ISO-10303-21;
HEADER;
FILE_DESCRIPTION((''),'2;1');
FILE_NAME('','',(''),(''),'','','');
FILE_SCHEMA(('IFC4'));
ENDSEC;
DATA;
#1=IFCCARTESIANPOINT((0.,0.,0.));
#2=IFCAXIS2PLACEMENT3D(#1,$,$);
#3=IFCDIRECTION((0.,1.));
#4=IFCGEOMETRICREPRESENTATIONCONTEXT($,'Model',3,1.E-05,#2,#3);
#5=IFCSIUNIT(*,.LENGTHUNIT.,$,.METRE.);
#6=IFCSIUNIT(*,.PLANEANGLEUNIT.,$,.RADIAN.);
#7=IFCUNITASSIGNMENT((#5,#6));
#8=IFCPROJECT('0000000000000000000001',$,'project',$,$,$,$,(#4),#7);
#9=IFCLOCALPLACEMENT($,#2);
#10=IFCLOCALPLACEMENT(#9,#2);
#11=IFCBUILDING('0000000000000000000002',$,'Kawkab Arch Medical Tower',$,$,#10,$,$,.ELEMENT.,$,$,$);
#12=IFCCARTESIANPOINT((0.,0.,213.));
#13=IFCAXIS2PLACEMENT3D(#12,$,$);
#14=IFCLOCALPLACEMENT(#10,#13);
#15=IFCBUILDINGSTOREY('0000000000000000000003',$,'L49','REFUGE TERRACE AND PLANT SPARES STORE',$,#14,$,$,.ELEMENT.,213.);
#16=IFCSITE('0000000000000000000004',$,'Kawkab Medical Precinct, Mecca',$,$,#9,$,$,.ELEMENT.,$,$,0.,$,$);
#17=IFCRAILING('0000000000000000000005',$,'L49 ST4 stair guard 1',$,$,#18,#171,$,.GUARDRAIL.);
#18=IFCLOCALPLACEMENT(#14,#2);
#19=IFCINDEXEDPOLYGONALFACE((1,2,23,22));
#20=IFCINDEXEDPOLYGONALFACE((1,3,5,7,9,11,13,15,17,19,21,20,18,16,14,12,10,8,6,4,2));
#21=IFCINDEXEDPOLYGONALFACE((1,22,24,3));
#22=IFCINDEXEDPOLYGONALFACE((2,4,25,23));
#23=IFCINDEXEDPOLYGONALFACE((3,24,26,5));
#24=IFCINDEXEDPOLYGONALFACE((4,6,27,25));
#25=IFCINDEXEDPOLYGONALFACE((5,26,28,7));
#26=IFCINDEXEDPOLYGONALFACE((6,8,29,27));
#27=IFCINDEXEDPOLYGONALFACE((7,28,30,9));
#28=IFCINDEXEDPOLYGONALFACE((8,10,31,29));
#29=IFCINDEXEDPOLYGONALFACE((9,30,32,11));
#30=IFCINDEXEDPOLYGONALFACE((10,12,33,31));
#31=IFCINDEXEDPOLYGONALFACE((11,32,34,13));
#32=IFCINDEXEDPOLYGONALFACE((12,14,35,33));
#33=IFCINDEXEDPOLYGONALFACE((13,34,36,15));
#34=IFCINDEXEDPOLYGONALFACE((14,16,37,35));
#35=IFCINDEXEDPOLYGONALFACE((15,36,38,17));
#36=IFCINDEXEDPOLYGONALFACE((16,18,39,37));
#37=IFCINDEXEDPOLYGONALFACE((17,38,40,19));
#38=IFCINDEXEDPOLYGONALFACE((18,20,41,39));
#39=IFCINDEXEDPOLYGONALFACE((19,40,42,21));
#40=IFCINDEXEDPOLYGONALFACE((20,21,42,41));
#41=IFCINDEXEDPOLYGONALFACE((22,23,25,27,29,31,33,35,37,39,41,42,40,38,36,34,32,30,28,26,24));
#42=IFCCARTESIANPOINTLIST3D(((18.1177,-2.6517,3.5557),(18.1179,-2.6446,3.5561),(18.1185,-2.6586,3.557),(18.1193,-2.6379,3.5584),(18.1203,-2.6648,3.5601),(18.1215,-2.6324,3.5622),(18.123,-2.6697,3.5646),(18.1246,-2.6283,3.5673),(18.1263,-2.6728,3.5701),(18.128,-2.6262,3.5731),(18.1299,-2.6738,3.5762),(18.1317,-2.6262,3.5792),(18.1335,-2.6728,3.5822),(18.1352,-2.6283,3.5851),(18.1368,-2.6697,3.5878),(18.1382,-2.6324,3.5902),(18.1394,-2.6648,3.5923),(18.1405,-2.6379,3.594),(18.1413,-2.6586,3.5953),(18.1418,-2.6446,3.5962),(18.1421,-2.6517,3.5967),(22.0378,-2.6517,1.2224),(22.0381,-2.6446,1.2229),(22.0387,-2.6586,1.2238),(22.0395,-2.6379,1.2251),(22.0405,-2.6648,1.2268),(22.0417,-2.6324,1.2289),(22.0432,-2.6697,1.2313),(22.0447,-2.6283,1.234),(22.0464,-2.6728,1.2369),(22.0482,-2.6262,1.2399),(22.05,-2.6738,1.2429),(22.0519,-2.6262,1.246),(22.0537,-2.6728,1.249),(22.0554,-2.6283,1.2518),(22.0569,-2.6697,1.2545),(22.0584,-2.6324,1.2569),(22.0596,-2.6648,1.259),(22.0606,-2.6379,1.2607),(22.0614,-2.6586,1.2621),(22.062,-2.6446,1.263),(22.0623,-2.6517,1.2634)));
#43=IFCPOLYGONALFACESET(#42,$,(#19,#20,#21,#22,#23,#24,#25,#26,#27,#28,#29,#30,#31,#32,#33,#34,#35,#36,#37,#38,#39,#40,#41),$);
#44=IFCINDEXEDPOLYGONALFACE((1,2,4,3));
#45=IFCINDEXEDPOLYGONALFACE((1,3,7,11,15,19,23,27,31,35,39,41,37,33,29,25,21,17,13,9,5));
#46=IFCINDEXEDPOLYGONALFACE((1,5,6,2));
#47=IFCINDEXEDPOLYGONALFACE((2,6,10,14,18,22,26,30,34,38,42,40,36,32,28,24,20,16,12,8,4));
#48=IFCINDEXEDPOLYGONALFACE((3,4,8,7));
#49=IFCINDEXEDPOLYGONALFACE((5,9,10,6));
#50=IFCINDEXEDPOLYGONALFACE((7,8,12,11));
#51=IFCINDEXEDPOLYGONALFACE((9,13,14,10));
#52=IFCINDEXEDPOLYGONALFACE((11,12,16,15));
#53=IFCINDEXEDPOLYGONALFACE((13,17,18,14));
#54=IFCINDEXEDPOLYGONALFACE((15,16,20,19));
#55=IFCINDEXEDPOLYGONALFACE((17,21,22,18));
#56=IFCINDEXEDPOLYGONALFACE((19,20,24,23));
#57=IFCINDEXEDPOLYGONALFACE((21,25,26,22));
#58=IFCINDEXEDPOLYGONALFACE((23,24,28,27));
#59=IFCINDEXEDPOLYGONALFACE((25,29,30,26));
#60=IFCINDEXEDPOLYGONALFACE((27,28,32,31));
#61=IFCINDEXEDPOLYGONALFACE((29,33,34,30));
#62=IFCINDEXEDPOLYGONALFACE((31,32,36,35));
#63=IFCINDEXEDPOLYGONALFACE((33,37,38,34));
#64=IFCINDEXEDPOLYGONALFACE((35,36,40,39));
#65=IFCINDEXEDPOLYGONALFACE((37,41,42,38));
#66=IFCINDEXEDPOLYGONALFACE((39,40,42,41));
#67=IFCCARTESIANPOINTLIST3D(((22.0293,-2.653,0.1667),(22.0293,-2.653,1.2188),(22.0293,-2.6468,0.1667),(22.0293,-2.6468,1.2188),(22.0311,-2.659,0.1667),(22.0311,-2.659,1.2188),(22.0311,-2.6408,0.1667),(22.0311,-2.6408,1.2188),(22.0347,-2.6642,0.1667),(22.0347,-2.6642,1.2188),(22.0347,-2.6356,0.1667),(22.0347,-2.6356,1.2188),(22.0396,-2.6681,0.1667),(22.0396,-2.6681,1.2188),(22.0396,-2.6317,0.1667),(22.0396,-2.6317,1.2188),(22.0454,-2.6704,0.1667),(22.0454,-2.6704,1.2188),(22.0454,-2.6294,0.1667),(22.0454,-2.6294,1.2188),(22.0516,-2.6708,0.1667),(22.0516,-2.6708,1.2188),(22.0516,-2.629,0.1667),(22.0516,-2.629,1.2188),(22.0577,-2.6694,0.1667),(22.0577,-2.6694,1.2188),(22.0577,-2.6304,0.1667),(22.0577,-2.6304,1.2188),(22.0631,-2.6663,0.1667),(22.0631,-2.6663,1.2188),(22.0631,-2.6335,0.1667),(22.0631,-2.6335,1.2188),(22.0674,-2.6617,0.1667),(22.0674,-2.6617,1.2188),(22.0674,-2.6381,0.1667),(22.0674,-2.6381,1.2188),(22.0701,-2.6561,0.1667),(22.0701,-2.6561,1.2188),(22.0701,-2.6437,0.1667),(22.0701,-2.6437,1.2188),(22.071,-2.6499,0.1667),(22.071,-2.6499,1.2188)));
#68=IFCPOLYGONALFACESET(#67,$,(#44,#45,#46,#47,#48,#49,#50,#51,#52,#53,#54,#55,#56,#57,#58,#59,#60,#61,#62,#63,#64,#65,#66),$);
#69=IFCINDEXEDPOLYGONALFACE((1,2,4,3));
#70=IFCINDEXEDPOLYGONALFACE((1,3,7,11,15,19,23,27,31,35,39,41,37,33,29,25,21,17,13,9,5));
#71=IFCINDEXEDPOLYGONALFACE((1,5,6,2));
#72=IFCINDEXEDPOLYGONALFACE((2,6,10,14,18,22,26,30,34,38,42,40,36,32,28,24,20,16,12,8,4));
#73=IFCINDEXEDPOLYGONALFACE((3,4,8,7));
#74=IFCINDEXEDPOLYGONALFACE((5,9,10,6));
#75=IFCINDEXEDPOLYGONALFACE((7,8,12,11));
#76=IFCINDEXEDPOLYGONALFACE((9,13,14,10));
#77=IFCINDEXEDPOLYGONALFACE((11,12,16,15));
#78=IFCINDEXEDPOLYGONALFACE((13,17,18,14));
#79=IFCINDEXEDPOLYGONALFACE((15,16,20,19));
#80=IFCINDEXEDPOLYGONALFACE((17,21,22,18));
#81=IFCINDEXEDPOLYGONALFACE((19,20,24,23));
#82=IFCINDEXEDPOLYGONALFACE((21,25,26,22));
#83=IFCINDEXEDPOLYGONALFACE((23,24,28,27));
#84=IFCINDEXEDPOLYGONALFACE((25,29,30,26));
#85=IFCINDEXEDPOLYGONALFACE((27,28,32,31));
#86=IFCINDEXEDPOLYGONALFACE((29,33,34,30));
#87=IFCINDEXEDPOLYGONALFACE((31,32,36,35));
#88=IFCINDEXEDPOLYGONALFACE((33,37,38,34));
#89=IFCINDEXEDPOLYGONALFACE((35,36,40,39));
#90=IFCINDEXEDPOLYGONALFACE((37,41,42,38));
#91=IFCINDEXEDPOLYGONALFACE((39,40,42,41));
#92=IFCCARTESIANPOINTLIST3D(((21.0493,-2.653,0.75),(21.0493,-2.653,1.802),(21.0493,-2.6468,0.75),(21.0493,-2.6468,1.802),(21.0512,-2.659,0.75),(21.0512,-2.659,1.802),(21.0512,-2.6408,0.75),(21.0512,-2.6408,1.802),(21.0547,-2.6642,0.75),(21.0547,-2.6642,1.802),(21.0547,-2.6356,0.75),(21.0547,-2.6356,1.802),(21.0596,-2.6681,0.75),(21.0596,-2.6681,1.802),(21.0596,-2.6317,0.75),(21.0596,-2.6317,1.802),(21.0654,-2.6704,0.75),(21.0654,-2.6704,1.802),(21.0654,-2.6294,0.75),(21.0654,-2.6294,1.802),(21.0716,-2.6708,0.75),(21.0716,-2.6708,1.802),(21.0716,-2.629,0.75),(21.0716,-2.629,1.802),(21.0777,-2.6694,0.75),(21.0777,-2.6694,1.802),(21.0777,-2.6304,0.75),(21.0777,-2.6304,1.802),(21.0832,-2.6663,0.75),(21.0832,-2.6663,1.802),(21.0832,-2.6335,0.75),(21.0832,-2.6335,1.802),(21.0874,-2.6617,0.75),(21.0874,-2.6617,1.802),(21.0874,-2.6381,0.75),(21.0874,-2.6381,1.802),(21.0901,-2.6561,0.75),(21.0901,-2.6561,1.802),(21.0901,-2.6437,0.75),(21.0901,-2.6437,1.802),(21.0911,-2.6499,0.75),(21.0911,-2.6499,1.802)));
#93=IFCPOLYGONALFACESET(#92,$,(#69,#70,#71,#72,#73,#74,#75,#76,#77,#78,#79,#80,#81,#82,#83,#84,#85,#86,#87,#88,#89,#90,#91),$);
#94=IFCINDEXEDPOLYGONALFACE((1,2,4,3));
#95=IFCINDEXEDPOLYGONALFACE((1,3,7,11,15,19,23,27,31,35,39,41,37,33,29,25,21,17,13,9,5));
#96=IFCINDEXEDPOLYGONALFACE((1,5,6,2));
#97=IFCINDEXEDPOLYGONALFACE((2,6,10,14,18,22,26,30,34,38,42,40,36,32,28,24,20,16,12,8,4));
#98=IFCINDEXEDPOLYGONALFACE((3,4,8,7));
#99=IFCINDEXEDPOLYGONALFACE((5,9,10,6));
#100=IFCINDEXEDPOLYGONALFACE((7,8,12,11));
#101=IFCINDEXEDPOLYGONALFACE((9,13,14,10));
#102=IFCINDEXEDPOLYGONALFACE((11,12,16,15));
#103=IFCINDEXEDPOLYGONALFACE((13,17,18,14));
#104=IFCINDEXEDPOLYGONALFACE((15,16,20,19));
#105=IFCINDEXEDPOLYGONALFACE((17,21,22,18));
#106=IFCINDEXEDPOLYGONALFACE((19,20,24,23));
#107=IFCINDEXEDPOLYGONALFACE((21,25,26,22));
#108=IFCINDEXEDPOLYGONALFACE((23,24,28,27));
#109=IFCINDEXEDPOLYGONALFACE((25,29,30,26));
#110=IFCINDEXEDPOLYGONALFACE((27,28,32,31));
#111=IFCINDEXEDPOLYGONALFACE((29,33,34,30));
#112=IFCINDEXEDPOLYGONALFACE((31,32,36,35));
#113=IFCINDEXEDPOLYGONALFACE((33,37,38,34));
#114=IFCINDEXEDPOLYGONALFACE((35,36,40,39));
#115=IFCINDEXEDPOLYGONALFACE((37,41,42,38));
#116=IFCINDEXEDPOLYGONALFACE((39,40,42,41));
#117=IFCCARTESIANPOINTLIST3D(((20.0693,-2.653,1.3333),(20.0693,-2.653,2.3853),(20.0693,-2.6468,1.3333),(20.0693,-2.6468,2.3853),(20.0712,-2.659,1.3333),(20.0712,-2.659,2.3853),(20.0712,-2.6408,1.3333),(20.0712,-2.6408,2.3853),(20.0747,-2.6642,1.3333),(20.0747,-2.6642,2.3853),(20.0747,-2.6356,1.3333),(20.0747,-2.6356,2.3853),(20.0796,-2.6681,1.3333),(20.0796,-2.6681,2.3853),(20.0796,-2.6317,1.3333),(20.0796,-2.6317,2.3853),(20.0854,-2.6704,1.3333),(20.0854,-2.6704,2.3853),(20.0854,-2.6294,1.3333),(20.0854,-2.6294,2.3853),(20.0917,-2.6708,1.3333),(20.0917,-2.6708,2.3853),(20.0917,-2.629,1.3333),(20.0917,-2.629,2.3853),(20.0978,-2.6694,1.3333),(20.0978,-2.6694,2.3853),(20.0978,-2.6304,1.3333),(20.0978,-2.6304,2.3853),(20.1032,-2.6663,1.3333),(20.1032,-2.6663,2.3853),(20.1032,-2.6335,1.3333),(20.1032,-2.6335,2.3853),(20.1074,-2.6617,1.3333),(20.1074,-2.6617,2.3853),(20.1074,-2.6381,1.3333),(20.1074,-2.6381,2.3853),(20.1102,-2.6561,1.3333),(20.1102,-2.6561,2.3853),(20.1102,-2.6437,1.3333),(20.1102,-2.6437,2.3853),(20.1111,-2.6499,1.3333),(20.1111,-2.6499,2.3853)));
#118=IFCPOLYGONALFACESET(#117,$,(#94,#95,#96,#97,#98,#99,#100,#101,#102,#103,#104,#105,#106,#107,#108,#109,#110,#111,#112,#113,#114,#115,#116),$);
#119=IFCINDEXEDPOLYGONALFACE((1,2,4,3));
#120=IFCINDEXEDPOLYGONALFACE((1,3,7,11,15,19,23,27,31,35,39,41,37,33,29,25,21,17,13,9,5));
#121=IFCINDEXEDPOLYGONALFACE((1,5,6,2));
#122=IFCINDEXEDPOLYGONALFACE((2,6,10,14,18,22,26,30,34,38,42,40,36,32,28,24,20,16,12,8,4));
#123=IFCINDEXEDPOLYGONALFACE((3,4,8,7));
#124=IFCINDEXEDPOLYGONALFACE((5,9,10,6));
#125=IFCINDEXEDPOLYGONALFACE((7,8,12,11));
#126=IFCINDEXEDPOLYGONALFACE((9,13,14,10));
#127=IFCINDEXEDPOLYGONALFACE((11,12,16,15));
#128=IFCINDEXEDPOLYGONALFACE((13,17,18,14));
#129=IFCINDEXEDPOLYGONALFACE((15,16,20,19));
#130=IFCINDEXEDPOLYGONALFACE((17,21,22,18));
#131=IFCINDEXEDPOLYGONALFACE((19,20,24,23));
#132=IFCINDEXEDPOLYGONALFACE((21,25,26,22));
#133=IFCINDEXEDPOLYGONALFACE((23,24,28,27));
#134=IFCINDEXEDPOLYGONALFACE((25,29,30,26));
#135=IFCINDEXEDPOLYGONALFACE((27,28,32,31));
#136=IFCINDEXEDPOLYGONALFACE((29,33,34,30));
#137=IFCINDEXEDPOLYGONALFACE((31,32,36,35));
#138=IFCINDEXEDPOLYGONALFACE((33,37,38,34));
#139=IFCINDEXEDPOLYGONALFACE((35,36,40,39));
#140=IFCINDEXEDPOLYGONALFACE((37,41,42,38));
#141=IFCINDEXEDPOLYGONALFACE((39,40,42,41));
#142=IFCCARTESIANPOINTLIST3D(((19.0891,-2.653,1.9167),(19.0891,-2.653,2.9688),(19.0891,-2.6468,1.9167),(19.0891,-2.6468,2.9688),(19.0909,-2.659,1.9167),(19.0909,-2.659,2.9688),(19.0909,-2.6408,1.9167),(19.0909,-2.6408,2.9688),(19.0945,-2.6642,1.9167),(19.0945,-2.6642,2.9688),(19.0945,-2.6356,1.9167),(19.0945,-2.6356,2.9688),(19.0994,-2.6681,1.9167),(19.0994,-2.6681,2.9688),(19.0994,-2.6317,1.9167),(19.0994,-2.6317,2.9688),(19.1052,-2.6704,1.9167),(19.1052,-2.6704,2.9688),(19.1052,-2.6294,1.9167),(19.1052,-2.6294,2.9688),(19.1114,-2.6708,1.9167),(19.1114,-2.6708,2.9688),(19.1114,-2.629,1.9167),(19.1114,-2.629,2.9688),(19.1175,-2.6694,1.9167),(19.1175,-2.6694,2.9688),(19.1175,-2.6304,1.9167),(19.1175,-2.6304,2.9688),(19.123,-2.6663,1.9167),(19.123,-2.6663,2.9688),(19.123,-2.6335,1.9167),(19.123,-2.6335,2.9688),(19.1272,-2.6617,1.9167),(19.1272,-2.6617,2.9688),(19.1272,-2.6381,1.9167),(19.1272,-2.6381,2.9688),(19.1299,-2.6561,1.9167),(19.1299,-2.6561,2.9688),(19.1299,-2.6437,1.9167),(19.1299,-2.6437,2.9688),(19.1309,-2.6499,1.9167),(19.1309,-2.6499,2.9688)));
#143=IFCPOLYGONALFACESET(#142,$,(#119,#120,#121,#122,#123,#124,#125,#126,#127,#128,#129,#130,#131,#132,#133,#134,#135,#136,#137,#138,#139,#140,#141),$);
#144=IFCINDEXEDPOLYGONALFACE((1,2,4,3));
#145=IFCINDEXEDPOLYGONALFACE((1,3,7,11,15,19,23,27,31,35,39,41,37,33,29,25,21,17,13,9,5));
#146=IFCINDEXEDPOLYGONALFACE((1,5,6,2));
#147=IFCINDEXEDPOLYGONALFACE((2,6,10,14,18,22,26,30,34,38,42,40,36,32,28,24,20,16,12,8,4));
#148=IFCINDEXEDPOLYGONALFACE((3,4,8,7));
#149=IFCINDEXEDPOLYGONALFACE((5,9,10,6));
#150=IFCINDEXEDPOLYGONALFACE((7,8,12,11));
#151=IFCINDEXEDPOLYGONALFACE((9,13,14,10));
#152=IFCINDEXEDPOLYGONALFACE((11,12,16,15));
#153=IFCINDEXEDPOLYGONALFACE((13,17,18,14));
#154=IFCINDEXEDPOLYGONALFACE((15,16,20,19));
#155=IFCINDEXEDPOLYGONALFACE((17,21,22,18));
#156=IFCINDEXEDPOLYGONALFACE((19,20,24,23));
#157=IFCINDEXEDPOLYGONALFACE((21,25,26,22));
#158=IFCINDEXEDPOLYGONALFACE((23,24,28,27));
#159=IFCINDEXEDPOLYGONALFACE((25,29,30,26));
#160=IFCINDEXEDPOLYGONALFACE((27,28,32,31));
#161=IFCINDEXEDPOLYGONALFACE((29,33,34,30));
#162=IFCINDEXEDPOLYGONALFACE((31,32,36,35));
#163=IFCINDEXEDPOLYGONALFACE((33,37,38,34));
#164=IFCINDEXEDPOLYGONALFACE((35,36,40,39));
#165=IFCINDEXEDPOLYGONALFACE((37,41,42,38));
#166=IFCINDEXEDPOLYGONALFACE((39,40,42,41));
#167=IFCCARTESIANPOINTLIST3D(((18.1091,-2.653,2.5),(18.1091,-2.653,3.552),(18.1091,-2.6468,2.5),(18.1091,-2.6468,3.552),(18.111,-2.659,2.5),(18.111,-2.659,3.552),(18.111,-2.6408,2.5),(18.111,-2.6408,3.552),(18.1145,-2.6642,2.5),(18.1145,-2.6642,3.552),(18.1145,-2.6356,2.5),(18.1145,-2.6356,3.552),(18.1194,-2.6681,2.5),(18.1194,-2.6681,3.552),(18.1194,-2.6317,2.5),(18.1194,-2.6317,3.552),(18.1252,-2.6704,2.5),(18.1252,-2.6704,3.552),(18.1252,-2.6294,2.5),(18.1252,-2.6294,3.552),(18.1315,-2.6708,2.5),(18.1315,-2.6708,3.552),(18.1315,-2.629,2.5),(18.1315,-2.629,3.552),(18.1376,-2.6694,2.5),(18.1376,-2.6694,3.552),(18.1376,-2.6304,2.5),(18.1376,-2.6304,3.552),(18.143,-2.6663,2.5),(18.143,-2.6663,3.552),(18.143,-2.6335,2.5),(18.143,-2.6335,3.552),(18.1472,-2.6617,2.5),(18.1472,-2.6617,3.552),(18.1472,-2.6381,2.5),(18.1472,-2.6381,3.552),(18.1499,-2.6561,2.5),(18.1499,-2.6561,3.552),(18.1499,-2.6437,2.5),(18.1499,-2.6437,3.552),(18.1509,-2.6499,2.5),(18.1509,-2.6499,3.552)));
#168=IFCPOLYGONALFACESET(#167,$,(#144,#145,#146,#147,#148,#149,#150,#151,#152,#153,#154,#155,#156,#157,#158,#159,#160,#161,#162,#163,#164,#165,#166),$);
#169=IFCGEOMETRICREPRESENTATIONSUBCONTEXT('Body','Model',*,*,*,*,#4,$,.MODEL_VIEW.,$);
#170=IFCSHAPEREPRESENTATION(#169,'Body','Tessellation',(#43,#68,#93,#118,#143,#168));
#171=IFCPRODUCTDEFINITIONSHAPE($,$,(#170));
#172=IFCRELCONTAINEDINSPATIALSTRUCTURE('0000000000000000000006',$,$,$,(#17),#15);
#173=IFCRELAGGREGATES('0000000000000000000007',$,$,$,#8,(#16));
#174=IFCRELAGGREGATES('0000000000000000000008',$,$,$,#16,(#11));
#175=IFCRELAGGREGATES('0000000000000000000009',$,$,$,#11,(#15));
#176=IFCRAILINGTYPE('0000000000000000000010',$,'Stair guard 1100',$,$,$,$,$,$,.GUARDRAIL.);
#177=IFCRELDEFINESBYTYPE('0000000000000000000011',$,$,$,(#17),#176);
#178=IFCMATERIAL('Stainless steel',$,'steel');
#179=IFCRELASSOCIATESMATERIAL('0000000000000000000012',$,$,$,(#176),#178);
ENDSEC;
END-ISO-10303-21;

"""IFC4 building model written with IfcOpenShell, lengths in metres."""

from ifc_helpers import new_model, si_unit, direction, frame, origin, origin_2d, place, context, subcontext, project, spatial, circle, extrude, material, type_object, element, save


model = new_model("IFC4")

# Units and contexts
model_context = context("Model", 3, precision=1e-05, world=origin(), true_north=direction((0.0, 1.0)))
body_context = subcontext(model_context, "Body", "Model", "MODEL_VIEW")
ifc_project = project(units=[si_unit("LENGTHUNIT", "METRE"), si_unit("PLANEANGLEUNIT", "RADIAN")], contexts=[model_context])

# Site, building, storey
site_placement = place(None, origin())
site = spatial("IfcSite", under=ifc_project, at=site_placement, Name="Kawkab Medical Precinct, Mecca", CompositionType="ELEMENT", RefElevation=0.0)
building_placement = place(site_placement, origin())
building = spatial("IfcBuilding", under=site, at=building_placement, Name="Kawkab Arch Medical Tower", CompositionType="ELEMENT")
storey_placement = place(building_placement, frame((0.0, 0.0, 213.0)))
storey = spatial("IfcBuildingStorey", under=building, at=storey_placement, Name="L49", Description="REFUGE TERRACE AND PLANT SPARES STORE", CompositionType="ELEMENT", Elevation=213.0)

# Railing
ifc_material_1 = material(Name="Stainless steel", Category="steel")
railing_type_1 = type_object("IfcRailingType", Name="Stair guard 1100", PredefinedType="GUARDRAIL", material=ifc_material_1)
railing_1_placement = place(storey_placement, frame((22.05, -2.6499, 0.1667)))
element("IfcRailing", 1, at=railing_1_placement, inside=storey, type_object=railing_type_1, Name="L49 ST4 stair guard 1", PredefinedType="GUARDRAIL", context=body_context, shape_type="SweptSolid", body=[
    extrude(circle(Radius=0.0239, at=origin_2d()), frame((0.0, 0.0, 1.0762), z_axis=(-0.85931, 0.0, 0.511455), x_axis=(0.0, -1.0, 0.0)), (0.0, 0.0, 1.0), 4.562),
    extrude(circle(Radius=0.021, at=origin_2d()), origin(), (0.0, 0.0, 1.0), 1.052),
    extrude(circle(Radius=0.021, at=origin_2d()), frame((-0.98, 0.0, 0.5833)), (0.0, 0.0, 1.0), 1.052),
    extrude(circle(Radius=0.021, at=origin_2d()), frame((-1.96, 0.0, 1.1665)), (0.0, 0.0, 1.0), 1.052),
    extrude(circle(Radius=0.021, at=origin_2d()), frame((-2.9402, 0.0, 1.75)), (0.0, 0.0, 1.0), 1.052),
    extrude(circle(Radius=0.021, at=origin_2d()), frame((-3.9202, 0.0, 2.3333)), (0.0, 0.0, 1.0), 1.052),
])

save(model, "model.ifc")
